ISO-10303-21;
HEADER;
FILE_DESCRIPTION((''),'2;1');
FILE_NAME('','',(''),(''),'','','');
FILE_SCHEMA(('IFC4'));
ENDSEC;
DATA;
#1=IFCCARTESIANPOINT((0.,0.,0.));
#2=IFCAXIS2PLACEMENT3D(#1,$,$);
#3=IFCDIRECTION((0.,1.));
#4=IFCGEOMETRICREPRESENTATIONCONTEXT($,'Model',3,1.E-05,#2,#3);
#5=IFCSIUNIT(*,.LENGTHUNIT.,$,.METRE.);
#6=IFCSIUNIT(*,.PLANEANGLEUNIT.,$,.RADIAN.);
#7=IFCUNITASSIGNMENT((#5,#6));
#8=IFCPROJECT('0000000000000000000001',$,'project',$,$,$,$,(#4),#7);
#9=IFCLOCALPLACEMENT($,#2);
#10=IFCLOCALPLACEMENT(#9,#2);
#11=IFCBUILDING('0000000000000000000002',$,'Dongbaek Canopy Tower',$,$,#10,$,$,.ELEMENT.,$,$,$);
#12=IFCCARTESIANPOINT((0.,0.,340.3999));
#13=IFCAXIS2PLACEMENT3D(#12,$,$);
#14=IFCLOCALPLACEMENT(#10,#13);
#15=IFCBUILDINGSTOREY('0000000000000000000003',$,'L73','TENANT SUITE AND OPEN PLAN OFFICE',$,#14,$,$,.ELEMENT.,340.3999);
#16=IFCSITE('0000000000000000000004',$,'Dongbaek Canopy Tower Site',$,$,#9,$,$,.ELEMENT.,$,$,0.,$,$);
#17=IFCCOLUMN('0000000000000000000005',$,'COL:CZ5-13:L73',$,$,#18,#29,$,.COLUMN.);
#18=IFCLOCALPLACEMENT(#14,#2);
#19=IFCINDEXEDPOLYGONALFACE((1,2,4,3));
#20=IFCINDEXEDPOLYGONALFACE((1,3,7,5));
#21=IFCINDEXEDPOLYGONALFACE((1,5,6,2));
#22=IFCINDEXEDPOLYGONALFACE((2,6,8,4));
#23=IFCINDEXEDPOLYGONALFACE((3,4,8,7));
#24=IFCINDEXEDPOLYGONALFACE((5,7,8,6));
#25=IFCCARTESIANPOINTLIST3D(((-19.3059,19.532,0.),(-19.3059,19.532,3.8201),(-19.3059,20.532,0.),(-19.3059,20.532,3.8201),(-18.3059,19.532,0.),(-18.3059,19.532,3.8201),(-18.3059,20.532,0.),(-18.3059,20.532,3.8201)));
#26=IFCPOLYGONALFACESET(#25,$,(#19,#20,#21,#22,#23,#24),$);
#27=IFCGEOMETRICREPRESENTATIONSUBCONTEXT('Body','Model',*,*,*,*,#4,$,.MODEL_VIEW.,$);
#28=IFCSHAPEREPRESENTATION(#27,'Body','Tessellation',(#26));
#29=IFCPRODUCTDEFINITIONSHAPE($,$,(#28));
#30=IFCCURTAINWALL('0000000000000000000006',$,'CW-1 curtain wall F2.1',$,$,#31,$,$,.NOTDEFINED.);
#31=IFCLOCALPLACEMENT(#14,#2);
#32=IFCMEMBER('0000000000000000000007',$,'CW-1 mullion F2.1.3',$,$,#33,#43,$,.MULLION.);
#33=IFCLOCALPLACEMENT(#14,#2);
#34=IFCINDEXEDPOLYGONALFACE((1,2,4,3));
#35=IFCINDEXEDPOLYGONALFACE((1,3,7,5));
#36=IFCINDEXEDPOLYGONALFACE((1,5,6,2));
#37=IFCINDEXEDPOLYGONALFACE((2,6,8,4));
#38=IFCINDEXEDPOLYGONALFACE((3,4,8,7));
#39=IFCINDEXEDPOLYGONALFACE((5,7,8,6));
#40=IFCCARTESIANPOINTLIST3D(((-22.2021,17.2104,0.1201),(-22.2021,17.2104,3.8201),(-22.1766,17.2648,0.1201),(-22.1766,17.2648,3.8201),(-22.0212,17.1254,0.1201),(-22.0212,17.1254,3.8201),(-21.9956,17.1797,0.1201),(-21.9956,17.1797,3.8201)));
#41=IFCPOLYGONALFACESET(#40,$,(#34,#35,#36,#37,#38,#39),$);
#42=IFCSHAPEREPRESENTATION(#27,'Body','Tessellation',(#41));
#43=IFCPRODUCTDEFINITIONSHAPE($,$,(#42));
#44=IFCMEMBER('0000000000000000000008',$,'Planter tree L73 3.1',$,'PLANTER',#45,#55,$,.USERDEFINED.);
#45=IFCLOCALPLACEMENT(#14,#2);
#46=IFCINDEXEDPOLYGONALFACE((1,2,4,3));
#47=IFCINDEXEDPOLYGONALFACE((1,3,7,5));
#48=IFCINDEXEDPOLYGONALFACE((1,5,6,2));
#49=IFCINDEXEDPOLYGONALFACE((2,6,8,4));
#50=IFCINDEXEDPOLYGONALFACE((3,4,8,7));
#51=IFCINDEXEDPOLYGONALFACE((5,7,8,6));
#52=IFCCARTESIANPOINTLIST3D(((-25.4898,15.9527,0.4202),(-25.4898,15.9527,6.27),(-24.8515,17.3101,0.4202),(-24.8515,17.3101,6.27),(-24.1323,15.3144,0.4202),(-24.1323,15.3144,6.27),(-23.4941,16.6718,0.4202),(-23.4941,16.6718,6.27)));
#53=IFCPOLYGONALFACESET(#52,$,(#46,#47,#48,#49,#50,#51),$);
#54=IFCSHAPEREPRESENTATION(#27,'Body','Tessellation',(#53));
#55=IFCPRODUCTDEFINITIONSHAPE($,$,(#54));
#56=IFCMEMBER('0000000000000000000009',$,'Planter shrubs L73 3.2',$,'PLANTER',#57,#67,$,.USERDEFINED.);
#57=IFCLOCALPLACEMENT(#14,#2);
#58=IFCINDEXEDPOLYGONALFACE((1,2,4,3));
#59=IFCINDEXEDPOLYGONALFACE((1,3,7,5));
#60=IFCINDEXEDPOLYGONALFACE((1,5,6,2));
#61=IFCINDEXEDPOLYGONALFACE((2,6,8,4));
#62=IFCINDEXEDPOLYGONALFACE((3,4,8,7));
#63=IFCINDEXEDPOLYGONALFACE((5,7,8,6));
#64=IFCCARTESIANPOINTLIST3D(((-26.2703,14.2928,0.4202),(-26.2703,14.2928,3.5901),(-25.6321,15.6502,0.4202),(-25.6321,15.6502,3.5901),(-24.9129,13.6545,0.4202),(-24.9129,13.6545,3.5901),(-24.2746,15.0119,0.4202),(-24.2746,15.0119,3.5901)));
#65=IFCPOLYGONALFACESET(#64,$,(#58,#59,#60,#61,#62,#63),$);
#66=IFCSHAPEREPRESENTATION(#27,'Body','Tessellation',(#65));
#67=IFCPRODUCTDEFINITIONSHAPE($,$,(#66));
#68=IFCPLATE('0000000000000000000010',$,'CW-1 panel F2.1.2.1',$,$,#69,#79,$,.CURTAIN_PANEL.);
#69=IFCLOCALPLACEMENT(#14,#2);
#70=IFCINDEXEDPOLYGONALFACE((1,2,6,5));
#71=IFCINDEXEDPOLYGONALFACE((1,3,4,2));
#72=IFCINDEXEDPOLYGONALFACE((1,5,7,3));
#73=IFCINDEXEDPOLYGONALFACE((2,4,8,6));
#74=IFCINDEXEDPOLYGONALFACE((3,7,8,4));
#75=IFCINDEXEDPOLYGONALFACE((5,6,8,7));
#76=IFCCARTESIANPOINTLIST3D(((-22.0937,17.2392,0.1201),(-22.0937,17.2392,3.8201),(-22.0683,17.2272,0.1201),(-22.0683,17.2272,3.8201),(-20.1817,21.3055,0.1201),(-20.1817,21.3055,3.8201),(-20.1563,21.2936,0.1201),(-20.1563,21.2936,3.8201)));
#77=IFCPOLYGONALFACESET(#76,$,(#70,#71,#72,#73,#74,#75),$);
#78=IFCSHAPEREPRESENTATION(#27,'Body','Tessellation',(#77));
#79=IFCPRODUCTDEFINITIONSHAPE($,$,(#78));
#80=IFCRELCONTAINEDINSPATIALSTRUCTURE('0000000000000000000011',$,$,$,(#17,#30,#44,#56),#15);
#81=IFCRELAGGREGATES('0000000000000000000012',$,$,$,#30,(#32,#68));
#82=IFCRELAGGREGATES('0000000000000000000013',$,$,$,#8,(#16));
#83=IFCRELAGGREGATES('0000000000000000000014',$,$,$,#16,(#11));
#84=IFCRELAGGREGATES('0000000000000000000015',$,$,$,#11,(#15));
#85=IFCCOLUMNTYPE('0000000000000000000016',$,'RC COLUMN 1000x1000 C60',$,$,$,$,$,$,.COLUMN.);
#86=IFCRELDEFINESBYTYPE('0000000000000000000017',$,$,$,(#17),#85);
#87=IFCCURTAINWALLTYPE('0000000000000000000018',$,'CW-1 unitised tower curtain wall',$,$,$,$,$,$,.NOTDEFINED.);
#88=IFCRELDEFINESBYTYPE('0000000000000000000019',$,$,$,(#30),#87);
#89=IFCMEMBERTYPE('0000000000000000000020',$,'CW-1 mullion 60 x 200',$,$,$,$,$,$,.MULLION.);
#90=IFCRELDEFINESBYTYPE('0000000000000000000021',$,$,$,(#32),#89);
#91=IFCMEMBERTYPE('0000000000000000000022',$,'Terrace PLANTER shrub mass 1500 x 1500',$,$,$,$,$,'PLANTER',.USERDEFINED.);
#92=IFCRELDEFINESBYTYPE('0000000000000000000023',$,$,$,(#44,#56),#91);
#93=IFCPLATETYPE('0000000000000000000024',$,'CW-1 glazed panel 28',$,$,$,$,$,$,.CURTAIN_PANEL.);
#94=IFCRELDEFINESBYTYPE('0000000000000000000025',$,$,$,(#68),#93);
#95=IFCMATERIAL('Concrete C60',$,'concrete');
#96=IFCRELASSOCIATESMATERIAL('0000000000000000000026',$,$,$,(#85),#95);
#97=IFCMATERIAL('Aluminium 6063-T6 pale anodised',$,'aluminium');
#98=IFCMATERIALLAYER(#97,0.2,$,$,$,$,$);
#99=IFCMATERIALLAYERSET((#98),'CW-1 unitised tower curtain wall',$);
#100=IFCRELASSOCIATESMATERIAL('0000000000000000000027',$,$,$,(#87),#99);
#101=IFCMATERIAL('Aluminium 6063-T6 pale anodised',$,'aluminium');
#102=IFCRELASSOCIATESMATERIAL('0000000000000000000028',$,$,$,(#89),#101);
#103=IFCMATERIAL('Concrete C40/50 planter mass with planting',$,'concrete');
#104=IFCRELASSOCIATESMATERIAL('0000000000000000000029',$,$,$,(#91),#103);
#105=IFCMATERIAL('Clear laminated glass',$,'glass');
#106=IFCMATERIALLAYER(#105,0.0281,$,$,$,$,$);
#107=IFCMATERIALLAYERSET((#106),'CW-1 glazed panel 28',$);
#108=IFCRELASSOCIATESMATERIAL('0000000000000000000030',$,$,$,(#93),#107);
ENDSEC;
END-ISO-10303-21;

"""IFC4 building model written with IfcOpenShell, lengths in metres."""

from ifc_helpers import new_model, si_unit, direction, frame, origin, origin_2d, place, context, subcontext, project, spatial, rectangle, extrude, material, layer, layer_set, material_profile, profile_set, type_object, element, aggregate, save


model = new_model("IFC4")

# Units and contexts
model_context = context("Model", 3, precision=1e-05, world=origin(), true_north=direction((0.0, 1.0)))
body_context = subcontext(model_context, "Body", "Model", "MODEL_VIEW")
ifc_project = project(units=[si_unit("LENGTHUNIT", "METRE"), si_unit("PLANEANGLEUNIT", "RADIAN")], contexts=[model_context])

# Site, building, storey
site_placement = place(None, origin())
site = spatial("IfcSite", under=ifc_project, at=site_placement, Name="Dongbaek Canopy Tower Site", CompositionType="ELEMENT", RefElevation=0.0)
building_placement = place(site_placement, origin())
building = spatial("IfcBuilding", under=site, at=building_placement, Name="Dongbaek Canopy Tower", CompositionType="ELEMENT")
storey_placement = place(building_placement, frame((0.0, 0.0, 340.3999)))
storey = spatial("IfcBuildingStorey", under=building, at=storey_placement, Name="L73", Description="TENANT SUITE AND OPEN PLAN OFFICE", CompositionType="ELEMENT", Elevation=340.3999)

# Column
ifc_material_1 = material(Name="Concrete C60", Category="concrete")
ifc_material_profile_1 = material_profile(ifc_material_1, rectangle(XDim=1.0, YDim=1.0, at=origin_2d()), Name="RC COLUMN 1000x1000 C60")
ifc_profile_set_1 = profile_set([ifc_material_profile_1], Name="Concrete C60")
column_type = type_object("IfcColumnType", Name="RC COLUMN 1000x1000 C60", PredefinedType="COLUMN", material=ifc_profile_set_1)
column_placement = place(storey_placement, frame((-18.8059, 20.032, 0.0), z_axis=(0.0, 0.0, 1.0), x_axis=(1.0, 0.0, 0.0)))
element("IfcColumn", 1, at=column_placement, inside=storey, type_object=column_type, Name="COL:CZ5-13:L73", PredefinedType="COLUMN", context=body_context, shape_type="SweptSolid", body=[
    extrude(rectangle(XDim=1.0, YDim=1.0, at=origin_2d()), origin(), (0.0, 0.0, 1.0), 3.8201),
])

# Curtain wall, member
ifc_material_2 = material(Name="Aluminium 6063-T6 pale anodised", Category="aluminium")
ifc_layer_1 = layer(ifc_material_2, 0.2)
ifc_layer_set_1 = layer_set([ifc_layer_1], Name="CW-1 unitised tower curtain wall")
curtain_wall_type = type_object("IfcCurtainWallType", Name="CW-1 unitised tower curtain wall", PredefinedType="NOTDEFINED", material=ifc_layer_set_1)
curtain_wall_placement = place(storey_placement, origin())
curtain_wall = element("IfcCurtainWall", 2, at=curtain_wall_placement, inside=storey, type_object=curtain_wall_type, Name="CW-1 curtain wall F2.1", PredefinedType="NOTDEFINED")
ifc_material_3 = material(Name="Aluminium 6063-T6 pale anodised", Category="aluminium")
ifc_material_profile_2 = material_profile(ifc_material_3, rectangle(XDim=0.2, YDim=0.0601, at=origin_2d()), Name="CW-1 mullion 60 x 200")
ifc_profile_set_2 = profile_set([ifc_material_profile_2], Name="Aluminium 6063-T6 pale anodised")
member_type_1 = type_object("IfcMemberType", Name="CW-1 mullion 60 x 200", PredefinedType="MULLION", material=ifc_profile_set_2)
member_1_placement = place(storey_placement, frame((-22.0989, 17.1951, 0.1201), z_axis=(0.0, 0.0, 1.0), x_axis=(-0.904958, 0.4255, 0.0)))
member_1 = element("IfcMember", 3, at=member_1_placement, type_object=member_type_1, Name="CW-1 mullion F2.1.3", PredefinedType="MULLION", context=body_context, shape_type="SweptSolid", body=[
    extrude(rectangle(XDim=0.2, YDim=0.0601, at=origin_2d()), origin(), (0.0, 0.0, 1.0), 3.7),
])

# Members
ifc_material_4 = material(Name="Concrete C40/50 planter mass with planting", Category="concrete")
ifc_material_profile_3 = material_profile(ifc_material_4, rectangle(XDim=1.5, YDim=1.5, at=origin_2d()), Name="Terrace PLANTER shrub mass 1500 x 1500")
ifc_profile_set_3 = profile_set([ifc_material_profile_3], Name="Concrete C40/50 planter mass with planting")
member_type_2 = type_object("IfcMemberType", Name="Terrace PLANTER shrub mass 1500 x 1500", ElementType="PLANTER", PredefinedType="USERDEFINED", material=ifc_profile_set_3)
member_2_placement = place(storey_placement, frame((-24.4919, 16.3123, 0.4202), z_axis=(0.0, 0.0, 1.0), x_axis=(-0.904958, 0.4255, 0.0)))
element("IfcMember", 4, at=member_2_placement, inside=storey, type_object=member_type_2, Name="Planter tree L73 3.1", ObjectType="PLANTER", PredefinedType="USERDEFINED", context=body_context, shape_type="SweptSolid", body=[
    extrude(rectangle(XDim=1.5, YDim=1.5, at=origin_2d()), origin(), (0.0, 0.0, 1.0), 5.8499),
])
member_3_placement = place(storey_placement, frame((-25.2725, 14.6523, 0.4202), z_axis=(0.0, 0.0, 1.0), x_axis=(-0.904958, 0.4255, 0.0)))
element("IfcMember", 5, at=member_3_placement, inside=storey, type_object=member_type_2, Name="Planter shrubs L73 3.2", ObjectType="PLANTER", PredefinedType="USERDEFINED", context=body_context, shape_type="SweptSolid", body=[
    extrude(rectangle(XDim=1.5, YDim=1.5, at=origin_2d()), origin(), (0.0, 0.0, 1.0), 3.1699),
])

# Plate
ifc_material_5 = material(Name="Clear laminated glass", Category="glass")
ifc_layer_2 = layer(ifc_material_5, 0.0281)
ifc_layer_set_2 = layer_set([ifc_layer_2], Name="CW-1 glazed panel 28")
plate_type = type_object("IfcPlateType", Name="CW-1 glazed panel 28", PredefinedType="CURTAIN_PANEL", material=ifc_layer_set_2)
plate_placement = place(storey_placement, frame((-21.125, 19.2664, 0.1201), z_axis=(0.0, 0.0, 1.0), x_axis=(-0.4255, -0.904958, 0.0)))
plate = element("IfcPlate", 6, at=plate_placement, type_object=plate_type, Name="CW-1 panel F2.1.2.1", PredefinedType="CURTAIN_PANEL", context=body_context, shape_type="SweptSolid", body=[
    extrude(rectangle(XDim=4.4934, YDim=0.0281, at=origin_2d()), origin(), (0.0, 0.0, 1.0), 3.7),
])

aggregate(curtain_wall, [member_1, plate])

save(model, "model.ifc")
